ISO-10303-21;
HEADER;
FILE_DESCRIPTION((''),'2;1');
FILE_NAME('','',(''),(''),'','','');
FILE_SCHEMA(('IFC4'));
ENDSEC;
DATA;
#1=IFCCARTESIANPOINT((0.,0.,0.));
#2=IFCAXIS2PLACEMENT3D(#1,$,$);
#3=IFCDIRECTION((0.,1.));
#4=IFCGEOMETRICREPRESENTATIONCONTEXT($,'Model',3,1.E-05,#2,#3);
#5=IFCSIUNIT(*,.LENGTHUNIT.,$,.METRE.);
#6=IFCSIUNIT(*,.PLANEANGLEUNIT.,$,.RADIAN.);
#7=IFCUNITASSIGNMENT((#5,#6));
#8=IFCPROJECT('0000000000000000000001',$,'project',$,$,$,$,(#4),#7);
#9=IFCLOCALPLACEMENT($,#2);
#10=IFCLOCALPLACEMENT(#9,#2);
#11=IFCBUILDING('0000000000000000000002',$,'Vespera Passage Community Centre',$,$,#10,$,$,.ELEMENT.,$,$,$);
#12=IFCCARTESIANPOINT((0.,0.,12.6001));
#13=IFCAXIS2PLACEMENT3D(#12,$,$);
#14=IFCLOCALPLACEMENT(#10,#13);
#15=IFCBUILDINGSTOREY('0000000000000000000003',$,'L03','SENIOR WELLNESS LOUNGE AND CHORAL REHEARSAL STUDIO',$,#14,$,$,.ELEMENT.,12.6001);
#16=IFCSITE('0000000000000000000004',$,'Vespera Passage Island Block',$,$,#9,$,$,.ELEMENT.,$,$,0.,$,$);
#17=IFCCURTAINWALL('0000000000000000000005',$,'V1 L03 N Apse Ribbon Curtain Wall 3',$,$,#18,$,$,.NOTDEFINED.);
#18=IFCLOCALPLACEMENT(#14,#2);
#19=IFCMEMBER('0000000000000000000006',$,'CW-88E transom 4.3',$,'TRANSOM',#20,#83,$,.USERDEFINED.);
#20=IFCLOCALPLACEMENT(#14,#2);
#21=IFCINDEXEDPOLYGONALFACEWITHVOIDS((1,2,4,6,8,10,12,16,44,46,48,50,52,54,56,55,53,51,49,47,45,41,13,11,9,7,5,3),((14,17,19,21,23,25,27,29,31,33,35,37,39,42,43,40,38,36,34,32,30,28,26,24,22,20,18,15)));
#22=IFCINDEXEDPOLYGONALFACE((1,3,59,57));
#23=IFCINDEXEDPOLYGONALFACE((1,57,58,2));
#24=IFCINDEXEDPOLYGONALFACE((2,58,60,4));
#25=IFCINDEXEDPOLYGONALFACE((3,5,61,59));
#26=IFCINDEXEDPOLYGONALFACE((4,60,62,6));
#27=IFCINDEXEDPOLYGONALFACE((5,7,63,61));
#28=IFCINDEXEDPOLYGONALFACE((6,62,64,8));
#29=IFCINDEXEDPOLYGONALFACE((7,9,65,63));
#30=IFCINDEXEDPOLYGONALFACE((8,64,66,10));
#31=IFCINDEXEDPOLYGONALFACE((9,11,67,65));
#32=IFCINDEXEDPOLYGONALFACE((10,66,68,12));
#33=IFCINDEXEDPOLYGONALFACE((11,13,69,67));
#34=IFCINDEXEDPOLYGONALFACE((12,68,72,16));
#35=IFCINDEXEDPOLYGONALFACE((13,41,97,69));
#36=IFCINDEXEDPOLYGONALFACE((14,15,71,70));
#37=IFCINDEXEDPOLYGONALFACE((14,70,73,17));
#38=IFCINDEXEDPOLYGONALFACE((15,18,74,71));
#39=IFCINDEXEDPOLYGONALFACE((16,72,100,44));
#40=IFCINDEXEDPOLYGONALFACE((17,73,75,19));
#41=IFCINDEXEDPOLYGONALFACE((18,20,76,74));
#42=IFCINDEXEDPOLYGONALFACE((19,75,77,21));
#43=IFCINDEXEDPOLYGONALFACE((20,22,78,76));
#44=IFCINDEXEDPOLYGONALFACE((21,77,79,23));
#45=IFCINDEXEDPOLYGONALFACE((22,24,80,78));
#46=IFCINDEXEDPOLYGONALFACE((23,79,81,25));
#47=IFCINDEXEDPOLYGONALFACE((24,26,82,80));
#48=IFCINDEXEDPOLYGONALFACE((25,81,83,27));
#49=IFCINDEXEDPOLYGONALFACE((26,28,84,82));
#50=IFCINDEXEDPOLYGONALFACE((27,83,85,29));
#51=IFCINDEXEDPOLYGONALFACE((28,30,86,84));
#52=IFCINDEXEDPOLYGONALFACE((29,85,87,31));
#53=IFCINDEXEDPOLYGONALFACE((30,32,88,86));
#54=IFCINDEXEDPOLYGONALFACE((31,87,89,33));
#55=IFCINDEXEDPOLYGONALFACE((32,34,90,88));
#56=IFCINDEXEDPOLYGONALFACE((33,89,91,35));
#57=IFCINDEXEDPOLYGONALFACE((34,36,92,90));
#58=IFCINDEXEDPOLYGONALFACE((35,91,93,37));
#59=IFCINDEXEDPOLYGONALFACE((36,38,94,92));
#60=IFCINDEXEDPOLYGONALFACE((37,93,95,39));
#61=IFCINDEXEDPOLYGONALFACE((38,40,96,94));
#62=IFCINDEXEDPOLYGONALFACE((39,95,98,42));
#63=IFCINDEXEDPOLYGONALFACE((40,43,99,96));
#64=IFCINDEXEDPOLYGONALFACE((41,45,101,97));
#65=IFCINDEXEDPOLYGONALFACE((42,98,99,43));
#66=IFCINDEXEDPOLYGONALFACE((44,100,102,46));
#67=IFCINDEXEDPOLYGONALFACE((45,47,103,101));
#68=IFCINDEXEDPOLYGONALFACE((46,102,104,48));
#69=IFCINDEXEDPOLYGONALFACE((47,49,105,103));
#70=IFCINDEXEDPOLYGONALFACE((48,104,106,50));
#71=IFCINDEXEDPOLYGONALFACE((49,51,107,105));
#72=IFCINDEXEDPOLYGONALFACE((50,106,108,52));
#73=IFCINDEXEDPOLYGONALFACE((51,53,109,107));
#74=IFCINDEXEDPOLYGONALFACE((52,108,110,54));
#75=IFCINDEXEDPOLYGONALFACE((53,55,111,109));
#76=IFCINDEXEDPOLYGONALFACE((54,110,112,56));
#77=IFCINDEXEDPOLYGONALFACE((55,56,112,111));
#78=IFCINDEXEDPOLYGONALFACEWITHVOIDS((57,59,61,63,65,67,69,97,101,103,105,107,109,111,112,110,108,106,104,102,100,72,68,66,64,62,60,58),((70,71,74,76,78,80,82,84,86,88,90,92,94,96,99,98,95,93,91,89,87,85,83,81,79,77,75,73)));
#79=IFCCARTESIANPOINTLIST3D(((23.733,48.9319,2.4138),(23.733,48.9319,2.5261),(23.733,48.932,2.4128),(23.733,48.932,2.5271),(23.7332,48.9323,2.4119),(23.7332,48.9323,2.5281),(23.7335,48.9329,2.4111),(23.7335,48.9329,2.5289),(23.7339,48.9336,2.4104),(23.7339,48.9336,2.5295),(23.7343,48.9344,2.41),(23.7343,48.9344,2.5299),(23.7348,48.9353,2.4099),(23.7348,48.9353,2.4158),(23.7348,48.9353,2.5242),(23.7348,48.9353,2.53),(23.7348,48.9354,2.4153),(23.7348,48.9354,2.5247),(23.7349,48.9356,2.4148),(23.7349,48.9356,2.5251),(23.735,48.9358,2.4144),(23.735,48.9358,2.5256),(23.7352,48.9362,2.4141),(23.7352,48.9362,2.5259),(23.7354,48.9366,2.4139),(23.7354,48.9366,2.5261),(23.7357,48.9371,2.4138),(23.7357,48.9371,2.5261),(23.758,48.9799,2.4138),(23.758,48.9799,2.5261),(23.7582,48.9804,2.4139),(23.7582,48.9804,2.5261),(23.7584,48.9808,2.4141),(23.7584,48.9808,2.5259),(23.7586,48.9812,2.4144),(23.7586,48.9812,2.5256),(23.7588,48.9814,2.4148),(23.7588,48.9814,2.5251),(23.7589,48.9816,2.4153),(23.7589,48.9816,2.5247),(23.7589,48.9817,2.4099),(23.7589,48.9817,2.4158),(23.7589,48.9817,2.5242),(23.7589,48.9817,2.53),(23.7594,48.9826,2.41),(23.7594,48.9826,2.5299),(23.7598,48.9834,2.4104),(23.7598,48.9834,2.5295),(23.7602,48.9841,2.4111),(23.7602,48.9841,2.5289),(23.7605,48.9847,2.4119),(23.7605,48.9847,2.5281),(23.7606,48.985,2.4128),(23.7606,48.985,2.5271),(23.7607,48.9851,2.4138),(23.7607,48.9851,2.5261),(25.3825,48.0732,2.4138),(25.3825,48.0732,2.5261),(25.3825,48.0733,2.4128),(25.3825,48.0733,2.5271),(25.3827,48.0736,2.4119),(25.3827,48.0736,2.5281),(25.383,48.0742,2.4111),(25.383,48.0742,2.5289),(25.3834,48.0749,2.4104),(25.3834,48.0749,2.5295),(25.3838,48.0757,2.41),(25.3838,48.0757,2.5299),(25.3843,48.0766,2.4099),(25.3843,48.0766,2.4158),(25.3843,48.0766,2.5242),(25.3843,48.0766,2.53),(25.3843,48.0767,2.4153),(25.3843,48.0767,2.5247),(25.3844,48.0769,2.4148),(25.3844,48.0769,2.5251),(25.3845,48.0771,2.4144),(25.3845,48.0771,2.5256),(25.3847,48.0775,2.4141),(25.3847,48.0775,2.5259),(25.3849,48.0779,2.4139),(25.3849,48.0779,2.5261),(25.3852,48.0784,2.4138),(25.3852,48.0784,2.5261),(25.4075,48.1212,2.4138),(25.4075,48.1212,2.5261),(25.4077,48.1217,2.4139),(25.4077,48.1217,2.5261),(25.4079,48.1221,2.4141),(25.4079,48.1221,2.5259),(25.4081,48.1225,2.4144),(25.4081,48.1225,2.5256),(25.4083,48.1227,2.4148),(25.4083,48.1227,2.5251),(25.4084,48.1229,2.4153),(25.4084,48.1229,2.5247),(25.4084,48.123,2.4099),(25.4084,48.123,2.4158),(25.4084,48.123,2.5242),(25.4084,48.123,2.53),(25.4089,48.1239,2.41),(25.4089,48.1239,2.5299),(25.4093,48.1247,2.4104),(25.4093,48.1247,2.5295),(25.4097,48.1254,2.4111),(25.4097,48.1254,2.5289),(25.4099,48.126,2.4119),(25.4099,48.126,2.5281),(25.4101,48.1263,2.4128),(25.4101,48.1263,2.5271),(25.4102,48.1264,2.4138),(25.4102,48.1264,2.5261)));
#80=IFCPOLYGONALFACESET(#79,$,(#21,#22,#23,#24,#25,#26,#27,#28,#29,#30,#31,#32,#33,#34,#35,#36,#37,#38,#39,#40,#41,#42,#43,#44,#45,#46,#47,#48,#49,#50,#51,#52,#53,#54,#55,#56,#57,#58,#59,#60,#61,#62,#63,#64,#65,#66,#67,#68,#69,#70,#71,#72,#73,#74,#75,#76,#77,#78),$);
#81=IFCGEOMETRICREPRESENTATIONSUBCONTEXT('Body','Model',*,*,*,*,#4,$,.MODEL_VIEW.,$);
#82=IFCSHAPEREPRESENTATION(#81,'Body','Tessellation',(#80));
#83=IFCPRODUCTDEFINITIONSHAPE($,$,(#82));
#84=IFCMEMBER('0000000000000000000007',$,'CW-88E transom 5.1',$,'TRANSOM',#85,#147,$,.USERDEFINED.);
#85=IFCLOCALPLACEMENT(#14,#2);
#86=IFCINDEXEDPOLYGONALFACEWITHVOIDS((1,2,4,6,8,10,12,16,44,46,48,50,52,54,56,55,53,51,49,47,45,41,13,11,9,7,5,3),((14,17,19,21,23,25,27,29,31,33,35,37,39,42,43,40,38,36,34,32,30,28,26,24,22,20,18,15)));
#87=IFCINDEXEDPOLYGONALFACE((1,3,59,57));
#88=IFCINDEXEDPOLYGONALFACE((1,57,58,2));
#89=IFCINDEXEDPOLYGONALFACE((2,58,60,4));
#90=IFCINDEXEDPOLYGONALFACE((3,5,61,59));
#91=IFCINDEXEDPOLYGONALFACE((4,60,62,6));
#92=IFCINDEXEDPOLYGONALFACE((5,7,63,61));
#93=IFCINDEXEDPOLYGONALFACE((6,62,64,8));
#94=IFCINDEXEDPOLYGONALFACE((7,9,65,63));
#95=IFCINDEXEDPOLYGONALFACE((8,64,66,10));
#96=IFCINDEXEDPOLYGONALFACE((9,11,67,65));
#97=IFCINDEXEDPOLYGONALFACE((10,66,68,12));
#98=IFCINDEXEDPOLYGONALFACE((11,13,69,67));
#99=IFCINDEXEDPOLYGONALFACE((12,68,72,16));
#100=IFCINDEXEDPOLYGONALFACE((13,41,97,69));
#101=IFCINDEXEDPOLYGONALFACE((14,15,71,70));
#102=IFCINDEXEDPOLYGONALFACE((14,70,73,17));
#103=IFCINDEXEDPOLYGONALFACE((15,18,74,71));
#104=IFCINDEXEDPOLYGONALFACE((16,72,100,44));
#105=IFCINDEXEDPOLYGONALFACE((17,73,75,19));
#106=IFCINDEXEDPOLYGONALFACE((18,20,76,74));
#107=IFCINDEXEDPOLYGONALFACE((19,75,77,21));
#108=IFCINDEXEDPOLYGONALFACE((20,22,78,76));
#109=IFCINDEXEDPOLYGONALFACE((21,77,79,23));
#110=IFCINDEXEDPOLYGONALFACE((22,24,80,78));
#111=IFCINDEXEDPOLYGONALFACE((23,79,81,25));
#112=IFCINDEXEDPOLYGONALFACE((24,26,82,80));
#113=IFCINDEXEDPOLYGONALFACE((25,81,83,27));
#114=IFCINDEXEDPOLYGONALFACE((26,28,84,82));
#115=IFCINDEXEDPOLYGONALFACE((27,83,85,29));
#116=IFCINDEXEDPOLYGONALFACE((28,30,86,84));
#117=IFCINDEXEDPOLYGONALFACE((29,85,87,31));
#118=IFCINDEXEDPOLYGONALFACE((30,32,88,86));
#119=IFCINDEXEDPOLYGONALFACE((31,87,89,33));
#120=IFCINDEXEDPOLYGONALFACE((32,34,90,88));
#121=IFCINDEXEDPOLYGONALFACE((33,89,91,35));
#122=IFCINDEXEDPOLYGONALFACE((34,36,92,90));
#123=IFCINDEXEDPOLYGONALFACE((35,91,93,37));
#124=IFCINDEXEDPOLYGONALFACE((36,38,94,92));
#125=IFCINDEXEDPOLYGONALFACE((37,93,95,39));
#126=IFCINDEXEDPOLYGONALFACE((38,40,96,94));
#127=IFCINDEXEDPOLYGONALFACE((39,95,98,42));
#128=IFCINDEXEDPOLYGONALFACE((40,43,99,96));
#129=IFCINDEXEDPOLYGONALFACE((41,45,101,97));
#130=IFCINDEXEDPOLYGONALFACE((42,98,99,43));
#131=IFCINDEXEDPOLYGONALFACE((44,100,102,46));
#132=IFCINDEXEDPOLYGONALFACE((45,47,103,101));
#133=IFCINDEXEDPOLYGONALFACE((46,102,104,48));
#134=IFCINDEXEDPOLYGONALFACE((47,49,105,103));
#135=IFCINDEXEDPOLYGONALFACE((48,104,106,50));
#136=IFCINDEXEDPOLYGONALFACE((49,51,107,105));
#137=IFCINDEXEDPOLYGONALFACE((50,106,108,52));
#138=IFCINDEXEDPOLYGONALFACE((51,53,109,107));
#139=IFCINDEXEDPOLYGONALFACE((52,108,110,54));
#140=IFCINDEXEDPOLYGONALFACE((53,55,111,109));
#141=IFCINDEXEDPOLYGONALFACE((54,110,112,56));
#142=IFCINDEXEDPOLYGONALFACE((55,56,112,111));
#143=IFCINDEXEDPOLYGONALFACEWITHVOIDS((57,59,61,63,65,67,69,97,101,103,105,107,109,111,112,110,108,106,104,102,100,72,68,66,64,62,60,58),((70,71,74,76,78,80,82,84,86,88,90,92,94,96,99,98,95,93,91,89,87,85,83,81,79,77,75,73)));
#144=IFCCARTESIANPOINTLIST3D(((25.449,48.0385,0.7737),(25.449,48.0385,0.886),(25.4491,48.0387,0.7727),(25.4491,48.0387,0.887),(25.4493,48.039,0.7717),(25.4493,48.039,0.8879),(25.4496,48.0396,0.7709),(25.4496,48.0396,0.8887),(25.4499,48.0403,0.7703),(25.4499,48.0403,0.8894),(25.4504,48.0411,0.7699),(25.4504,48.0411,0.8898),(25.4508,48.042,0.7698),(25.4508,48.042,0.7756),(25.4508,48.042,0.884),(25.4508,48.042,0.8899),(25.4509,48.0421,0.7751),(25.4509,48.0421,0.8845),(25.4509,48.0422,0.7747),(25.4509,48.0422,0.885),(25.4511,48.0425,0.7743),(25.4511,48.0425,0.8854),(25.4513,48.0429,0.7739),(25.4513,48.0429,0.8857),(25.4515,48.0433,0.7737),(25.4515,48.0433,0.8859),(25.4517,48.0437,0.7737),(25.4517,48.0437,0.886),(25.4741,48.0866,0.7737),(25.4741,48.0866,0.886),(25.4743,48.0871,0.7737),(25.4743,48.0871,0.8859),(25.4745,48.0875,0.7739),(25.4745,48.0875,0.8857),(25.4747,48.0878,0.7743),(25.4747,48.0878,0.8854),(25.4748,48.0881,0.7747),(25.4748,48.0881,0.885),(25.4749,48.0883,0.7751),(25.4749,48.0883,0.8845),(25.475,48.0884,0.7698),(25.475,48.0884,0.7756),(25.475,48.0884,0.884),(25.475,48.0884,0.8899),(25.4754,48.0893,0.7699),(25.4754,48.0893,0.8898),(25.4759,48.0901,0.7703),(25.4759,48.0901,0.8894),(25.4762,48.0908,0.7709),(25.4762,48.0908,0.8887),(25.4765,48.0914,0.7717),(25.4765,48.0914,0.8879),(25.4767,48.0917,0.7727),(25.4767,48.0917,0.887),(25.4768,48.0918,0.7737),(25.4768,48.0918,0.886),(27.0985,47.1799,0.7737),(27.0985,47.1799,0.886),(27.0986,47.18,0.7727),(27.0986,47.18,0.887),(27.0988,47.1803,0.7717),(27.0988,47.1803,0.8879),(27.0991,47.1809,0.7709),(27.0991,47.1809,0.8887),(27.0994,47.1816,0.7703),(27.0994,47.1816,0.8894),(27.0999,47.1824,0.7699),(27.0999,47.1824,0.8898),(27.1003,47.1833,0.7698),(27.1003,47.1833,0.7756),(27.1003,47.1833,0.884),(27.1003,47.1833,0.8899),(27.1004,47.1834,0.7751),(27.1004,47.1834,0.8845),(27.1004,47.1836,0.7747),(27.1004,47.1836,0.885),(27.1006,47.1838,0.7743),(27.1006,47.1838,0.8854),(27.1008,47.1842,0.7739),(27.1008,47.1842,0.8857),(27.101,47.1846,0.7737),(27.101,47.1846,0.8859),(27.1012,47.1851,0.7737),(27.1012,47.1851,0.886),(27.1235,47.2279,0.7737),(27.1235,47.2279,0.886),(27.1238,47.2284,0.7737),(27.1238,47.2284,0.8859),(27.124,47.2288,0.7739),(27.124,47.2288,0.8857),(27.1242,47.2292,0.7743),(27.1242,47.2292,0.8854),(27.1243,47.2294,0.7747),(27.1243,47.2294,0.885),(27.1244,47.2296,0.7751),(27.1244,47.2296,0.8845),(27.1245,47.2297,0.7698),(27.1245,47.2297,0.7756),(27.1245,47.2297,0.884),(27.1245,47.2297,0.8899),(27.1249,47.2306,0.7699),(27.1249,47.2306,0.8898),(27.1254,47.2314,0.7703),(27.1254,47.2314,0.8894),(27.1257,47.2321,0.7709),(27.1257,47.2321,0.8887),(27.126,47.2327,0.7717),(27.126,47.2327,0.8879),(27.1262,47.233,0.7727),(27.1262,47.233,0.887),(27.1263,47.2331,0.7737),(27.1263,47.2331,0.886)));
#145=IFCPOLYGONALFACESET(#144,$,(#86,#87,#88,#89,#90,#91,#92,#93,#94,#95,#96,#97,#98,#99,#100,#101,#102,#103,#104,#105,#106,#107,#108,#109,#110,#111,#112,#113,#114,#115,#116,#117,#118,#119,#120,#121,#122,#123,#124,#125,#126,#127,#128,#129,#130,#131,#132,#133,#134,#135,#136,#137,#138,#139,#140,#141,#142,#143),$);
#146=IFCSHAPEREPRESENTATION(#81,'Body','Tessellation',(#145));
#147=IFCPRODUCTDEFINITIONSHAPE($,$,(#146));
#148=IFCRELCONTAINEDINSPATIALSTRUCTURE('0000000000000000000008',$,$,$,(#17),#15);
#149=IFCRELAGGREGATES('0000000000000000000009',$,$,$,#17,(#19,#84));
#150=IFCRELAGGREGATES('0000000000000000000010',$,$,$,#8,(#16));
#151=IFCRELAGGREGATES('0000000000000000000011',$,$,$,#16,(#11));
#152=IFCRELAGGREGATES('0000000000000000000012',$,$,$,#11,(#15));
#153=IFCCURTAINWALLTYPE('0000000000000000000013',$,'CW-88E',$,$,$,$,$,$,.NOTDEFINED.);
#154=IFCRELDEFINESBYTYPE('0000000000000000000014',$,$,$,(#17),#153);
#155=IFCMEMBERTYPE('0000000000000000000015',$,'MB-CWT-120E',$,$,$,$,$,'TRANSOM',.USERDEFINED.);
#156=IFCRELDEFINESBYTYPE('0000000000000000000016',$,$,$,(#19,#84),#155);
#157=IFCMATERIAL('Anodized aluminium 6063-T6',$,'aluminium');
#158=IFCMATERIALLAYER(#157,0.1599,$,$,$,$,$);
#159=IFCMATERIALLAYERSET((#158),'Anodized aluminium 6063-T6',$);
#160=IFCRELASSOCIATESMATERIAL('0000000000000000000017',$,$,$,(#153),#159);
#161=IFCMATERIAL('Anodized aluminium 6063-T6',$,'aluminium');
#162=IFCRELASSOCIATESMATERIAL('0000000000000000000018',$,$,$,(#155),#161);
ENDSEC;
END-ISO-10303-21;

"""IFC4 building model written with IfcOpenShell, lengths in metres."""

from ifc_helpers import new_model, si_unit, direction, frame, origin, origin_2d, place, context, subcontext, project, spatial, hollow_rectangle, extrude, material, layer, layer_set, material_profile, profile_set, type_object, element, aggregate, save


model = new_model("IFC4")

# Units and contexts
model_context = context("Model", 3, precision=1e-05, world=origin(), true_north=direction((0.0, 1.0)))
body_context = subcontext(model_context, "Body", "Model", "MODEL_VIEW")
ifc_project = project(units=[si_unit("LENGTHUNIT", "METRE"), si_unit("PLANEANGLEUNIT", "RADIAN")], contexts=[model_context])

# Site, building, storey
site_placement = place(None, origin())
site = spatial("IfcSite", under=ifc_project, at=site_placement, Name="Vespera Passage Island Block", CompositionType="ELEMENT", RefElevation=0.0)
building_placement = place(site_placement, origin())
building = spatial("IfcBuilding", under=site, at=building_placement, Name="Vespera Passage Community Centre", CompositionType="ELEMENT")
storey_placement = place(building_placement, frame((0.0, 0.0, 12.6001)))
storey = spatial("IfcBuildingStorey", under=building, at=storey_placement, Name="L03", Description="SENIOR WELLNESS LOUNGE AND CHORAL REHEARSAL STUDIO", CompositionType="ELEMENT", Elevation=12.6001)

# Curtain wall, members
ifc_material_1 = material(Name="Anodized aluminium 6063-T6", Category="aluminium")
ifc_layer_1 = layer(ifc_material_1, 0.1599)
ifc_layer_set_1 = layer_set([ifc_layer_1], Name="Anodized aluminium 6063-T6")
curtain_wall_type = type_object("IfcCurtainWallType", Name="CW-88E", PredefinedType="NOTDEFINED", material=ifc_layer_set_1)
curtain_wall_placement = place(storey_placement, origin())
curtain_wall = element("IfcCurtainWall", 1, at=curtain_wall_placement, inside=storey, type_object=curtain_wall_type, Name="V1 L03 N Apse Ribbon Curtain Wall 3", PredefinedType="NOTDEFINED")
ifc_material_2 = material(Name="Anodized aluminium 6063-T6", Category="aluminium")
ifc_material_profile_1 = material_profile(ifc_material_2, hollow_rectangle(XDim=0.0601, YDim=0.1201, WallThickness=0.0039, InnerFilletRadius=0.002, OuterFilletRadius=0.0039, at=origin_2d()), Name="ALU120X60X4")
ifc_profile_set_1 = profile_set([ifc_material_profile_1], Name="Anodized aluminium 6063-T6")
member_type_1 = type_object("IfcMemberType", Name="MB-CWT-120E", ElementType="TRANSOM", PredefinedType="USERDEFINED", material=ifc_profile_set_1)
member_1_placement = place(storey_placement, frame((23.7468, 48.9585, 2.47), z_axis=(0.887008, -0.461754, 0.0), x_axis=(0.461754, 0.887008, 0.0)))
member_1 = element("IfcMember", 2, at=member_1_placement, type_object=member_type_1, Name="CW-88E transom 4.3", ObjectType="TRANSOM", PredefinedType="USERDEFINED", context=body_context, shape_type="SweptSolid", body=[
    extrude(hollow_rectangle(XDim=0.0601, YDim=0.1201, WallThickness=0.0039, InnerFilletRadius=0.002, OuterFilletRadius=0.0039, at=origin_2d()), origin(), (0.0, 0.0, 1.0), 1.8596),
])
member_2_placement = place(storey_placement, frame((25.4629, 48.0652, 0.8298), z_axis=(0.887008, -0.461754, 0.0), x_axis=(0.461754, 0.887008, 0.0)))
member_2 = element("IfcMember", 3, at=member_2_placement, type_object=member_type_1, Name="CW-88E transom 5.1", ObjectType="TRANSOM", PredefinedType="USERDEFINED", context=body_context, shape_type="SweptSolid", body=[
    extrude(hollow_rectangle(XDim=0.0601, YDim=0.1201, WallThickness=0.0039, InnerFilletRadius=0.002, OuterFilletRadius=0.0039, at=origin_2d()), origin(), (0.0, 0.0, 1.0), 1.8596),
])
aggregate(curtain_wall, [member_1, member_2])

save(model, "model.ifc")
